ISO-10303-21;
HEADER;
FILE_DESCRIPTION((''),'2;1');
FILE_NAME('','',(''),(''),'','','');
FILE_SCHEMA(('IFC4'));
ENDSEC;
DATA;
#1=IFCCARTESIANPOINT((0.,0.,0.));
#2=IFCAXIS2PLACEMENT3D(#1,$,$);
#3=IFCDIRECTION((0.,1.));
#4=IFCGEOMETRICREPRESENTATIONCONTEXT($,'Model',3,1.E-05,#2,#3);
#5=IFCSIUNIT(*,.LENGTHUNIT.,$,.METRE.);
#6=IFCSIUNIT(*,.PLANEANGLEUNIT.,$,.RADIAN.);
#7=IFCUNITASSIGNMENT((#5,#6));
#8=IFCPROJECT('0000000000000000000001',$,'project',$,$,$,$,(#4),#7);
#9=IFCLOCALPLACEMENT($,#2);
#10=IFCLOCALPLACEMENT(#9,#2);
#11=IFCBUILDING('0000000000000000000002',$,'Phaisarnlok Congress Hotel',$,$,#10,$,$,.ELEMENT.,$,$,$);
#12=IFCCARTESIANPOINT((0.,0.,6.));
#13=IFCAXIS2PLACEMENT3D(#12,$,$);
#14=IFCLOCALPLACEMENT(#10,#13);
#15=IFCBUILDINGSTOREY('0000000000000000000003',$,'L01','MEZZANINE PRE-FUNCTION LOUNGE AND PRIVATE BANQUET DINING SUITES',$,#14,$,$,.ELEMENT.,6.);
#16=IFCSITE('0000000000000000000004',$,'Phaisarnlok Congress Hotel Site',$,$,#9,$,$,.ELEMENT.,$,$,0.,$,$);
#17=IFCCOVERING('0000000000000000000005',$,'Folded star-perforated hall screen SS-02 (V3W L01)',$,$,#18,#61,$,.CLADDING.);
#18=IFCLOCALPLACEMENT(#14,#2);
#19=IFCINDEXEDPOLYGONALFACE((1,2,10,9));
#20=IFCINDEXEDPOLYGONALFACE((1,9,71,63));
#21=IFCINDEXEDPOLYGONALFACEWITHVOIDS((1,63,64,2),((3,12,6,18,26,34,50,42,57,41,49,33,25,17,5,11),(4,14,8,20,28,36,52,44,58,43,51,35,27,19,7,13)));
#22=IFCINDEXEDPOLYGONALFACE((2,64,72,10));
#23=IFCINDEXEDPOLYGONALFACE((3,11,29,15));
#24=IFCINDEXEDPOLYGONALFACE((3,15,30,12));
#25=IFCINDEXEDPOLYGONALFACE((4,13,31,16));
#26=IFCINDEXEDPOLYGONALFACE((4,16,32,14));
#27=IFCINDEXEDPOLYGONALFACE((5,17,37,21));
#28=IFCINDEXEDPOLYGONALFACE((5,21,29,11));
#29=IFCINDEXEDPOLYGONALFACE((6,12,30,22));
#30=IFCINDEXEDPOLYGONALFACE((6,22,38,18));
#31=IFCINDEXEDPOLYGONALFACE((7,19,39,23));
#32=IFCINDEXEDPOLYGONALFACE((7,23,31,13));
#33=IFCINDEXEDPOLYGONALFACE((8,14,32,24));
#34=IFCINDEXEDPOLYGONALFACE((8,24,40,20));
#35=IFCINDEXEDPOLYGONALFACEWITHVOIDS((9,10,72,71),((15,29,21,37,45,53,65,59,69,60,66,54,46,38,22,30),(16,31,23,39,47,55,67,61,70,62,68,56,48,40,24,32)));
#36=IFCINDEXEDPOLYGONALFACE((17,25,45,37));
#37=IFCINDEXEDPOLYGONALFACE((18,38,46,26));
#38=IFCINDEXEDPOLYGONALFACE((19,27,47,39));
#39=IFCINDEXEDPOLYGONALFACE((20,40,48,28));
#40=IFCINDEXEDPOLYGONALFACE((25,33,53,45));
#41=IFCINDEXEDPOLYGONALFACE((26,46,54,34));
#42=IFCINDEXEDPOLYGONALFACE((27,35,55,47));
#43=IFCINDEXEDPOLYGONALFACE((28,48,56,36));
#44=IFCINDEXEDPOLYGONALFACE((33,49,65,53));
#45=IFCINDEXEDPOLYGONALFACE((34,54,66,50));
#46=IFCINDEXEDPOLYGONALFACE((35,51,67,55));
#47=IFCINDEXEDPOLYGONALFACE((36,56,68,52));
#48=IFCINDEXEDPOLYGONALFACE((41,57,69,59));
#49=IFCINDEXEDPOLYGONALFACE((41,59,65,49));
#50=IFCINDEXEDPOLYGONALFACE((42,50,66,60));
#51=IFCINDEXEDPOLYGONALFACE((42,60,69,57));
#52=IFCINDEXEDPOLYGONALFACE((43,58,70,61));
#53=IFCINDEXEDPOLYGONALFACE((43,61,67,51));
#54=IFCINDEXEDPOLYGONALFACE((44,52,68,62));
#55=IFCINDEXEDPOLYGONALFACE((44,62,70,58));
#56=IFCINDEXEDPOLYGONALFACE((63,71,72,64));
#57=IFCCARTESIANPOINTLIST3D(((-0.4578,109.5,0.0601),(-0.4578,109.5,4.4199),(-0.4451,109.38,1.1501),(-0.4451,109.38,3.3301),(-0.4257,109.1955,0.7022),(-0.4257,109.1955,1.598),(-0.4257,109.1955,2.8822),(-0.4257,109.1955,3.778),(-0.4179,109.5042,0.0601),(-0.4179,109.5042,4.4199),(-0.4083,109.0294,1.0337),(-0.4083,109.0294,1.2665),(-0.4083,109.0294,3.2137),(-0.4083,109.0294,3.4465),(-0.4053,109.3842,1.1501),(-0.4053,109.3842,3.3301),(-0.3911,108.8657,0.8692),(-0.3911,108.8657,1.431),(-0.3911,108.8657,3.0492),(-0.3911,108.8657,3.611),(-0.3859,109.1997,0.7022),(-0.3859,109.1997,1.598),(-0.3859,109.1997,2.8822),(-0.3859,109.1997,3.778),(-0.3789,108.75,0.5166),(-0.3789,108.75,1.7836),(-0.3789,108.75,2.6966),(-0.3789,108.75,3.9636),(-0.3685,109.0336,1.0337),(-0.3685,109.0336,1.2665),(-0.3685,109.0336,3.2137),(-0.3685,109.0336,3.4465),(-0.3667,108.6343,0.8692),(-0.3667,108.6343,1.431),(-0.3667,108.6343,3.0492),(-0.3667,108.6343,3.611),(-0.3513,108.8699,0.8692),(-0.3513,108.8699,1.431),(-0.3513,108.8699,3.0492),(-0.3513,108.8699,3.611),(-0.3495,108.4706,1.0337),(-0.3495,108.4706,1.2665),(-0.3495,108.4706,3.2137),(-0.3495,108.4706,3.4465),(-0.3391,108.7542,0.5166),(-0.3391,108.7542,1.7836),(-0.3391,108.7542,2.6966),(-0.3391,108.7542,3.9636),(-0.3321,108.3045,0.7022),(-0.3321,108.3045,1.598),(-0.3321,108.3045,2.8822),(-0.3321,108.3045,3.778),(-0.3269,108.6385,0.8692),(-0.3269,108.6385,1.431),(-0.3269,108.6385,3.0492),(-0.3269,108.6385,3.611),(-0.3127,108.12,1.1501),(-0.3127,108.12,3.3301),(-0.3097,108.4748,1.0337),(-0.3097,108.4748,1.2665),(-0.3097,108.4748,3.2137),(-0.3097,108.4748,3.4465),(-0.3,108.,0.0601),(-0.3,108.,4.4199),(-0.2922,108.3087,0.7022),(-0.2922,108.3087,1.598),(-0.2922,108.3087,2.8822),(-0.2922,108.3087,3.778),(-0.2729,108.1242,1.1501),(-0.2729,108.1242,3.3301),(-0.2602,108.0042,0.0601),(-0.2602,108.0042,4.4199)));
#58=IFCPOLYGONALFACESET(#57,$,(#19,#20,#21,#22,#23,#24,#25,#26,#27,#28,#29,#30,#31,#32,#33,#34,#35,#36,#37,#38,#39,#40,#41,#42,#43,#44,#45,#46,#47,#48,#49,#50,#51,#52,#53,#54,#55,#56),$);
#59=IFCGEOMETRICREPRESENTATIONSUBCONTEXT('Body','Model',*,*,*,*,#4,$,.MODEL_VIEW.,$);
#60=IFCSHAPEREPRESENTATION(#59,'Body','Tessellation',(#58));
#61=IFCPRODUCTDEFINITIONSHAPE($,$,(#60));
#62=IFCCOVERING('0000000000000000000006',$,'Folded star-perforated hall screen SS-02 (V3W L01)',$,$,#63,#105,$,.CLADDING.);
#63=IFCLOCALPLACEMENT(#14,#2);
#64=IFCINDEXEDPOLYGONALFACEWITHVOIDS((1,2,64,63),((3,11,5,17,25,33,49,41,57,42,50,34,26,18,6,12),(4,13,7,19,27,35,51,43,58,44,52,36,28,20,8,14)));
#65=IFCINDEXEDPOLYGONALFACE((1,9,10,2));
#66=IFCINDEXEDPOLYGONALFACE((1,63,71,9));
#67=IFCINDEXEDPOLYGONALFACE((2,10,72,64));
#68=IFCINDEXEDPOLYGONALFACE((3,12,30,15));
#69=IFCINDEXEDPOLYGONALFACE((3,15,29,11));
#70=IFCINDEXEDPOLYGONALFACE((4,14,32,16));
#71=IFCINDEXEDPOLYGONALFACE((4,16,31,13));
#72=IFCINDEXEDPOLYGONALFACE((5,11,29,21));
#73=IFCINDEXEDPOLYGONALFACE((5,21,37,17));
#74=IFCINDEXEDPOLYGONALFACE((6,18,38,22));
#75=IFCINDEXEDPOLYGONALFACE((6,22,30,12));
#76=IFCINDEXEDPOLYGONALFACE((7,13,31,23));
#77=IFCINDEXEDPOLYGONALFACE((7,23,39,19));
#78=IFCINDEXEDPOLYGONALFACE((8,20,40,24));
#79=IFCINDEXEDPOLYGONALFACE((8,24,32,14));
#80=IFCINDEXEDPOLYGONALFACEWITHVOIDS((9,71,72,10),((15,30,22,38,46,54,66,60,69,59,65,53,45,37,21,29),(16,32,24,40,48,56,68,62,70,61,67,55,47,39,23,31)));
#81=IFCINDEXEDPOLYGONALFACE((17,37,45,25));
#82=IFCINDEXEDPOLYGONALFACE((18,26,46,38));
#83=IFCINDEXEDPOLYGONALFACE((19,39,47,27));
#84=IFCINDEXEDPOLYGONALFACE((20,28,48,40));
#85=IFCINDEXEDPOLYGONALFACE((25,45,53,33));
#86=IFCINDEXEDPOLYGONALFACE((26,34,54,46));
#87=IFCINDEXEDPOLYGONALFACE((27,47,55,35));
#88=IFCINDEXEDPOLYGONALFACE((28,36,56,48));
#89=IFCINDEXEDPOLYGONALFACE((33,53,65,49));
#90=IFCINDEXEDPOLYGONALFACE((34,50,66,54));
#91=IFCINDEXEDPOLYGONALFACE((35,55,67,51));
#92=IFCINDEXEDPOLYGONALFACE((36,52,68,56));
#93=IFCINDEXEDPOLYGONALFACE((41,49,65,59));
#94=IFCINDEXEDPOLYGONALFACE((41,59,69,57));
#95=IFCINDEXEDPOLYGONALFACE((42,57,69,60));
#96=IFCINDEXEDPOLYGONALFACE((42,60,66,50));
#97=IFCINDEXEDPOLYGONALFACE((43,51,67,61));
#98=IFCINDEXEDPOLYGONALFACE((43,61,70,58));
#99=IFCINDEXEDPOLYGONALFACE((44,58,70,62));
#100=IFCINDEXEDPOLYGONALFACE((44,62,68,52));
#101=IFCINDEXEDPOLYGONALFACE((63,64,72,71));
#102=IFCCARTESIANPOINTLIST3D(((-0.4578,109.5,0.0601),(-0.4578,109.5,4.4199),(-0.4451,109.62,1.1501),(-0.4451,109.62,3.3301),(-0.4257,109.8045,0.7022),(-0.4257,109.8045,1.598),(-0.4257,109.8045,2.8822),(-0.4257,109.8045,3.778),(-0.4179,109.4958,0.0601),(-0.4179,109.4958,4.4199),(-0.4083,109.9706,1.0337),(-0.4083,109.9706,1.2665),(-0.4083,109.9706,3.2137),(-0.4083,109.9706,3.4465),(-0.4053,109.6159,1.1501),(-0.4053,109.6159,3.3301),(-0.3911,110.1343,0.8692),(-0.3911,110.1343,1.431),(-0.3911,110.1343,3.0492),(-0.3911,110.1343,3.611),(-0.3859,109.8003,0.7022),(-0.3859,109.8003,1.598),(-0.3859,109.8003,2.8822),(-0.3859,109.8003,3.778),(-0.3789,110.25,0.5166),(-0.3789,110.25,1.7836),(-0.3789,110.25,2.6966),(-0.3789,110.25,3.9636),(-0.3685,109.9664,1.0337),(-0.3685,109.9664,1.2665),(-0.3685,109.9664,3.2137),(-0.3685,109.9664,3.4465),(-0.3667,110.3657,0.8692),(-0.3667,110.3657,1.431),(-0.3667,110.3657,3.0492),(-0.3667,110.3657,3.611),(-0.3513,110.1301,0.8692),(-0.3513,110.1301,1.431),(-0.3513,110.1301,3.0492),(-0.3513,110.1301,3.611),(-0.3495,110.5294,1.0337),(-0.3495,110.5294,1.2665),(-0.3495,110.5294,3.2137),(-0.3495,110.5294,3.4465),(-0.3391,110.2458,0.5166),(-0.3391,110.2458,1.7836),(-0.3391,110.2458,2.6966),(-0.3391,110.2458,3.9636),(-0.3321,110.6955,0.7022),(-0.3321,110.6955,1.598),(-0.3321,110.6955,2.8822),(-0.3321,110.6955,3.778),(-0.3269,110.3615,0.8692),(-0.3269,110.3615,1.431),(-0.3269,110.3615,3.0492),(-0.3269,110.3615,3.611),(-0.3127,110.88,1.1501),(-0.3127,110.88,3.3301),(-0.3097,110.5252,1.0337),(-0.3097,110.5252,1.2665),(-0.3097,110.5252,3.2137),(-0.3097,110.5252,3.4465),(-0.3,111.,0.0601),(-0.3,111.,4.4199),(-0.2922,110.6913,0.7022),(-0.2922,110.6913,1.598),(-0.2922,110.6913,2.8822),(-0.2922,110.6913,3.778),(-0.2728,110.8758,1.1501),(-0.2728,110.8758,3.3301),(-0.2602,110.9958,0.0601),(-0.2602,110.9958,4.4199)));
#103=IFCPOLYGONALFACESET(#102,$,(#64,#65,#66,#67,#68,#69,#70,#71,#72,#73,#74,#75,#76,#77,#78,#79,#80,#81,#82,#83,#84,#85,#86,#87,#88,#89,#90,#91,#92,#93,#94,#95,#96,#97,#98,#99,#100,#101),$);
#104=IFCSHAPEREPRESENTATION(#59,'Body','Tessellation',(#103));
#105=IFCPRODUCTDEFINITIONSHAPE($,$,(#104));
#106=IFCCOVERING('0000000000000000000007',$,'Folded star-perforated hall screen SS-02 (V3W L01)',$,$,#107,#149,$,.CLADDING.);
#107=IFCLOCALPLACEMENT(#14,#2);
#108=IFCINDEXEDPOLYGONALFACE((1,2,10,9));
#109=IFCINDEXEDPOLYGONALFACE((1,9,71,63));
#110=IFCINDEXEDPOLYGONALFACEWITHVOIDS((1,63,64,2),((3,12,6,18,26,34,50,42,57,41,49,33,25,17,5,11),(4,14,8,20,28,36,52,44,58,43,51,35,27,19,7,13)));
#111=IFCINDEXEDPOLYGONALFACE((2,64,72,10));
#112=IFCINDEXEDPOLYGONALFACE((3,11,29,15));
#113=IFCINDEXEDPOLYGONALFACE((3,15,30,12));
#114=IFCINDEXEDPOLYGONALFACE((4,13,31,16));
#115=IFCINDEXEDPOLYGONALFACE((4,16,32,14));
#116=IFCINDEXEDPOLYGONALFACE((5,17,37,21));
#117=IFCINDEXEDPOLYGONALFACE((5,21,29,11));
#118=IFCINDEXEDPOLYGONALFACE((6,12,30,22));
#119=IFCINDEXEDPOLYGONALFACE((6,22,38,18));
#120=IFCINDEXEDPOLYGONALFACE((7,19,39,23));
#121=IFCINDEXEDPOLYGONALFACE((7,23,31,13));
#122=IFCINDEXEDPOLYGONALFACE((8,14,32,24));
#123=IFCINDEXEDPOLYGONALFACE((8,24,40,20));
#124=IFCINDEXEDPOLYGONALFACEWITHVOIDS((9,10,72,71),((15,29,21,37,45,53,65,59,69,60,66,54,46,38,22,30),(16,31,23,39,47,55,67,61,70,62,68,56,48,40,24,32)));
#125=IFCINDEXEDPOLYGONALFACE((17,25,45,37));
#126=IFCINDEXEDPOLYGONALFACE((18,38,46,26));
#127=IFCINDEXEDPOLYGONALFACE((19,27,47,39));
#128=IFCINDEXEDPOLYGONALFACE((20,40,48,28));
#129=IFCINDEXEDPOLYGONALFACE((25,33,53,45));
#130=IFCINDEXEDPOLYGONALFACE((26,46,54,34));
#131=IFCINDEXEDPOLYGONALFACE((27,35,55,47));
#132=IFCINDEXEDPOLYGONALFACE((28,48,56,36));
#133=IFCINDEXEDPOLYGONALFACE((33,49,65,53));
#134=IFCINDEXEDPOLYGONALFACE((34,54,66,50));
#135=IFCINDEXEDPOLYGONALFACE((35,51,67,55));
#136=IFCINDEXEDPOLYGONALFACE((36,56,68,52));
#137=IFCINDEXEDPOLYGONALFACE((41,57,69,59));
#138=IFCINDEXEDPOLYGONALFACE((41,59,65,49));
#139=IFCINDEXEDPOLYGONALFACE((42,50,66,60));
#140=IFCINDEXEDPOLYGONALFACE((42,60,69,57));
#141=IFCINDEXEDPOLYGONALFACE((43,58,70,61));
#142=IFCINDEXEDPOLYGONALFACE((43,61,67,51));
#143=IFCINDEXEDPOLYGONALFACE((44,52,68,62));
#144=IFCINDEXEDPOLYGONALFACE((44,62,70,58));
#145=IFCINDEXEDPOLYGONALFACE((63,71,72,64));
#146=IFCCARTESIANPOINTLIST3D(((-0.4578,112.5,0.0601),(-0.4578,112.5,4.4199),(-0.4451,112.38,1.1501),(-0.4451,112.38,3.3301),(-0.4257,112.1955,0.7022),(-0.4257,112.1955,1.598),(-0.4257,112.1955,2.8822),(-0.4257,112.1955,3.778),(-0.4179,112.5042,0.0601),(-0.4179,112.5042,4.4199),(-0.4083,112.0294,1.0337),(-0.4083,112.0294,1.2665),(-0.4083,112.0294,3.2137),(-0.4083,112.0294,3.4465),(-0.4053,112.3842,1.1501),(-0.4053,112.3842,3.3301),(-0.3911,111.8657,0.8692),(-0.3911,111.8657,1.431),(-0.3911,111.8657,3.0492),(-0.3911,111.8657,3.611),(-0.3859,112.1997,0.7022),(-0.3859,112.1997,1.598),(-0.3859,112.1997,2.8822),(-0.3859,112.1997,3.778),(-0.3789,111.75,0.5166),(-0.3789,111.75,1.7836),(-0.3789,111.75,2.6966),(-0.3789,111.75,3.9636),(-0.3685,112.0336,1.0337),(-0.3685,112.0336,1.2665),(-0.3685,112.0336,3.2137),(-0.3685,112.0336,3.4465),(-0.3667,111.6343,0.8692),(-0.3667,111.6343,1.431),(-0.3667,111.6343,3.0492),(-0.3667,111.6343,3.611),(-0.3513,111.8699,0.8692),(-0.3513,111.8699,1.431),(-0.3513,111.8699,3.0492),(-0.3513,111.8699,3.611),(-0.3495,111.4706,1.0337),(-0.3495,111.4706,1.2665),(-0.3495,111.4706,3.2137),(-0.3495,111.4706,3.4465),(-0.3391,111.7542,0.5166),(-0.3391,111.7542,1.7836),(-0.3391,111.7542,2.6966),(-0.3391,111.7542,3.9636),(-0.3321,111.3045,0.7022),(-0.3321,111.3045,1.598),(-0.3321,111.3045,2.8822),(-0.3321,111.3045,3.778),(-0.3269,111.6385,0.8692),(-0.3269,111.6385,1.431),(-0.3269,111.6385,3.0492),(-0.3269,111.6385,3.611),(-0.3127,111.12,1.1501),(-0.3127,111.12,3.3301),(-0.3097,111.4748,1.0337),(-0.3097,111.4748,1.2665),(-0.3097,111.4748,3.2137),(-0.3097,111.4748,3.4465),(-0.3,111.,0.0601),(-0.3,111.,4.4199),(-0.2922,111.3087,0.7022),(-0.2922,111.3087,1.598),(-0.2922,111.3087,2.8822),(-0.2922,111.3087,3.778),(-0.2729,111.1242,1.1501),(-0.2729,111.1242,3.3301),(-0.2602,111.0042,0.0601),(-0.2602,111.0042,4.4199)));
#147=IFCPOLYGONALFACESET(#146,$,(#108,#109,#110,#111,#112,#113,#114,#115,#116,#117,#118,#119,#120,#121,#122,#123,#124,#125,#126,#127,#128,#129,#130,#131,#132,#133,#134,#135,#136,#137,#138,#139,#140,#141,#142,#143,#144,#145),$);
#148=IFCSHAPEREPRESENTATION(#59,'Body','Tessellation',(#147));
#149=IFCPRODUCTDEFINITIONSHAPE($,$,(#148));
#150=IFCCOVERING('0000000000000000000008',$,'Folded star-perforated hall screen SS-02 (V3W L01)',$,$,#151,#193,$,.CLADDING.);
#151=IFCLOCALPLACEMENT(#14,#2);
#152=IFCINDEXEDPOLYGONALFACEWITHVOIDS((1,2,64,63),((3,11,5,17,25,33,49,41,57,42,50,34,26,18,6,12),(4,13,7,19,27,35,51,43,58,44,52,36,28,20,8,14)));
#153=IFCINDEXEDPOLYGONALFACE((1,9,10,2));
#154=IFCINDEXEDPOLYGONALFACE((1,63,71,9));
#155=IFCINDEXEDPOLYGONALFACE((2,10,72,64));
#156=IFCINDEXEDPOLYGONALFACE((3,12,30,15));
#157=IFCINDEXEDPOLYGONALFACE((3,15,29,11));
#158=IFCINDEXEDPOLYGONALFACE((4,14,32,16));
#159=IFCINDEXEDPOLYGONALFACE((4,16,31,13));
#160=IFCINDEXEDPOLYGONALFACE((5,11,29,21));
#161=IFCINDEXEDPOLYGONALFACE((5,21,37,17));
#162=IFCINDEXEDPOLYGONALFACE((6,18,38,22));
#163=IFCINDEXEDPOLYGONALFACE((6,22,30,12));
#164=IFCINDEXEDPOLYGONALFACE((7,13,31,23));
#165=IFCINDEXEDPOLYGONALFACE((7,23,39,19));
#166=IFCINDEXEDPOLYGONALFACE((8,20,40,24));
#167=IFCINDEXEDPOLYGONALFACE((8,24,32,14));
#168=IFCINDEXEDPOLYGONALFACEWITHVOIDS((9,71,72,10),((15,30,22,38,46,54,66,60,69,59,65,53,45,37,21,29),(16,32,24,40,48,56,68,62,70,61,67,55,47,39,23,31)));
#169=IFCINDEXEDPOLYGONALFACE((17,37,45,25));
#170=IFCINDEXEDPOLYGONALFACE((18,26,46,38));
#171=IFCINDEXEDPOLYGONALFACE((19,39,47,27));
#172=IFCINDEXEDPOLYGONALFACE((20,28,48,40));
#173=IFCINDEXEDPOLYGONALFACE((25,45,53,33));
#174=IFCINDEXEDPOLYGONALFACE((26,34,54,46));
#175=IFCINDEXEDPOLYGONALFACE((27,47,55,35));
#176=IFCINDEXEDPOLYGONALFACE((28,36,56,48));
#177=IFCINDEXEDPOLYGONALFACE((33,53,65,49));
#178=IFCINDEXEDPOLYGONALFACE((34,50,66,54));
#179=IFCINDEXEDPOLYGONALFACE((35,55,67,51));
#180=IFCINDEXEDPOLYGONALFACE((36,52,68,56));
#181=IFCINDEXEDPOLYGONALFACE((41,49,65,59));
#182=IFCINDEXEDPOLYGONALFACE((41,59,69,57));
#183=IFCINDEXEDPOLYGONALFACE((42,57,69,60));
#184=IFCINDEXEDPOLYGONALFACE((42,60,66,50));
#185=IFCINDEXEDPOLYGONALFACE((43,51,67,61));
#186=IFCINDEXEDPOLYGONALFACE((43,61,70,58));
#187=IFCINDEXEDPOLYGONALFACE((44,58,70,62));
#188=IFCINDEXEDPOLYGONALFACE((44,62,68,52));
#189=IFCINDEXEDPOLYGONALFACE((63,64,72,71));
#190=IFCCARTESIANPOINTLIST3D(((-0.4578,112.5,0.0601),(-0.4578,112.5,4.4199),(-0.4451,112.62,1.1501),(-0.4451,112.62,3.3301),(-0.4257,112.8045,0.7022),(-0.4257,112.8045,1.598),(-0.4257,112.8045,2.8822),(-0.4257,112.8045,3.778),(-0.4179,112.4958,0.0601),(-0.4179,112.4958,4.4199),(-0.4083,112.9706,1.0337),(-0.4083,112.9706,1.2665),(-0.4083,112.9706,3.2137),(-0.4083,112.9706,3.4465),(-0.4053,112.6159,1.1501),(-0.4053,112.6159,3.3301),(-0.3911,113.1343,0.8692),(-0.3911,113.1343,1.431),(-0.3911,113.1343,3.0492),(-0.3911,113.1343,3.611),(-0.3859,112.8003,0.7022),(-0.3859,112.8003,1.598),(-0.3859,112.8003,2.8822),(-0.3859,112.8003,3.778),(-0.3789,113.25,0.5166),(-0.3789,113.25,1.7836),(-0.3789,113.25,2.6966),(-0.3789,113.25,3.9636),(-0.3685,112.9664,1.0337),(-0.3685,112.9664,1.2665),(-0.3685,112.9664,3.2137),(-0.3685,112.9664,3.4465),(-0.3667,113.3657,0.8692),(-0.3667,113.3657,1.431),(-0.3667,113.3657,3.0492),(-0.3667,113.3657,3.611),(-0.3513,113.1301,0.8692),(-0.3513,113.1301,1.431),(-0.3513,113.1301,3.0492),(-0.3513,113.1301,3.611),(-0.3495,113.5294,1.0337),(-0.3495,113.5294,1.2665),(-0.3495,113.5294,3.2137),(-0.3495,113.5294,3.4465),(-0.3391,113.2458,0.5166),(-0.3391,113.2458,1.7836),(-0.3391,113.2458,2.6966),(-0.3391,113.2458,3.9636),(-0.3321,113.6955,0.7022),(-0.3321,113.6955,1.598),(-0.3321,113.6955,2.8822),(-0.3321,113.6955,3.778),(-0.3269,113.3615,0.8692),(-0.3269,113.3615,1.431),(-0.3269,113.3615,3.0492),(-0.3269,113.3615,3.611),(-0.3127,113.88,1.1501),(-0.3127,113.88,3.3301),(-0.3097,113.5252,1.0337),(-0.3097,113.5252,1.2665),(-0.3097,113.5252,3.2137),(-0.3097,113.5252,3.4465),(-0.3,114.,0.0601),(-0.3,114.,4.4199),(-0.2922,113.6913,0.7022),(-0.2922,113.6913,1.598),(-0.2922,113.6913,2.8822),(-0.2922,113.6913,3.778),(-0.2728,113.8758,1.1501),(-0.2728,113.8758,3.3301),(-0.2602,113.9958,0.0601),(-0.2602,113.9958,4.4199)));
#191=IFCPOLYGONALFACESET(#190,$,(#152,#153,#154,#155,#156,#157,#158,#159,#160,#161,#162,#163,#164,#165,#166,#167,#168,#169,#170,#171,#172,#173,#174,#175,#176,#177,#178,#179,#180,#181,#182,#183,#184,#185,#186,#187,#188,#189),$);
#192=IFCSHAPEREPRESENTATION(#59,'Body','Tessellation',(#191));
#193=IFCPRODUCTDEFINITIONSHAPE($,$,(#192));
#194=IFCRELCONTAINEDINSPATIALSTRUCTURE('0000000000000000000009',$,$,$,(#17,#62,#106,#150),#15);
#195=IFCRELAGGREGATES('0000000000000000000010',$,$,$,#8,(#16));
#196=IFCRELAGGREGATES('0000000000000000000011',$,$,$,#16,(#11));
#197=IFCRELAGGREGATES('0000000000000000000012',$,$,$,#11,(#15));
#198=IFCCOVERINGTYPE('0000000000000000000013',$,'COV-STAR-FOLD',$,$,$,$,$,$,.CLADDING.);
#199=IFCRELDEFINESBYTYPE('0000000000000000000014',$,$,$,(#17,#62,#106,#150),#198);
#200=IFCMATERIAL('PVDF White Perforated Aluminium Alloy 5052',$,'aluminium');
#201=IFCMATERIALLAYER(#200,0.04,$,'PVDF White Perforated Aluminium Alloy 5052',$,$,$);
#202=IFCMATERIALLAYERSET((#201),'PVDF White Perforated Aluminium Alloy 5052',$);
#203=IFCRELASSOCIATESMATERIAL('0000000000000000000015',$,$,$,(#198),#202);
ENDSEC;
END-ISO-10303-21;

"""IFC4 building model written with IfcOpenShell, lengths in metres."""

from ifc_helpers import new_model, si_unit, direction, frame, origin, place, context, subcontext, project, spatial, polyline, outline, extrude, material, layer, layer_set, type_object, element, save


model = new_model("IFC4")

# Units and contexts
model_context = context("Model", 3, precision=1e-05, world=origin(), true_north=direction((0.0, 1.0)))
body_context = subcontext(model_context, "Body", "Model", "MODEL_VIEW")
ifc_project = project(units=[si_unit("LENGTHUNIT", "METRE"), si_unit("PLANEANGLEUNIT", "RADIAN")], contexts=[model_context])

# Site, building, storey
site_placement = place(None, origin())
site = spatial("IfcSite", under=ifc_project, at=site_placement, Name="Phaisarnlok Congress Hotel Site", CompositionType="ELEMENT", RefElevation=0.0)
building_placement = place(site_placement, origin())
building = spatial("IfcBuilding", under=site, at=building_placement, Name="Phaisarnlok Congress Hotel", CompositionType="ELEMENT")
storey_placement = place(building_placement, frame((0.0, 0.0, 6.0)))
storey = spatial("IfcBuildingStorey", under=building, at=storey_placement, Name="L01", Description="MEZZANINE PRE-FUNCTION LOUNGE AND PRIVATE BANQUET DINING SUITES", CompositionType="ELEMENT", Elevation=6.0)

# Coverings
ifc_material_1 = material(Name="PVDF White Perforated Aluminium Alloy 5052", Category="aluminium")
ifc_layer_1 = layer(ifc_material_1, 0.04, Name="PVDF White Perforated Aluminium Alloy 5052")
ifc_layer_set_1 = layer_set([ifc_layer_1], Name="PVDF White Perforated Aluminium Alloy 5052")
covering_type = type_object("IfcCoveringType", Name="COV-STAR-FOLD", PredefinedType="CLADDING", material=ifc_layer_set_1)
for number, where, z_axis, x_axis, name in (
    (1, (-0.3, 108.0, 0.0601), (0.994518, 0.104567, 0.0), (-0.104567, 0.994518, 0.0), "Folded star-perforated hall screen SS-02 (V3W L01)"),
    (2, (-0.4578, 109.5, 0.0601), (0.994518, -0.104567, 0.0), (0.104567, 0.994518, 0.0), "Folded star-perforated hall screen SS-02 (V3W L01)"),
    (3, (-0.3, 111.0, 0.0601), (0.994518, 0.104567, 0.0), (-0.104567, 0.994518, 0.0), "Folded star-perforated hall screen SS-02 (V3W L01)"),
    (4, (-0.4578, 112.5, 0.0601), (0.994518, -0.104567, 0.0), (0.104567, 0.994518, 0.0), "Folded star-perforated hall screen SS-02 (V3W L01)"),
):
    element("IfcCovering", number, at=place(storey_placement, frame(where, z_axis=z_axis, x_axis=x_axis)), inside=storey, type_object=covering_type, Name=name, PredefinedType="CLADDING", context=body_context, shape_type="SweptSolid", body=[
        extrude(outline(polyline([(0.0, 0.0), (1.5083, 0.0), (1.5083, 4.3599), (0.0, 4.3599), (0.0, 0.0)]), holes=[polyline([(1.0351, 0.9736), (1.2021, 0.6421), (0.8705, 0.8091), (0.7541, 0.4565), (0.6378, 0.8091), (0.3062, 0.6421), (0.4732, 0.9736), (0.1207, 1.09), (0.4732, 1.2064), (0.3062, 1.5379), (0.6378, 1.3709), (0.7541, 1.7235), (0.8705, 1.3709), (1.2021, 1.5379), (1.0351, 1.2064), (1.3876, 1.09), (1.0351, 0.9736)]), polyline([(1.0351, 3.1536), (1.2021, 2.8221), (0.8705, 2.9891), (0.7541, 2.6365), (0.6378, 2.9891), (0.3062, 2.8221), (0.4732, 3.1536), (0.1207, 3.27), (0.4732, 3.3864), (0.3062, 3.7179), (0.6378, 3.5509), (0.7541, 3.9035), (0.8705, 3.5509), (1.2021, 3.7179), (1.0351, 3.3864), (1.3876, 3.27), (1.0351, 3.1536)])]), origin(), (0.0, 0.0, 1.0), 0.04),
    ])

save(model, "model.ifc")
